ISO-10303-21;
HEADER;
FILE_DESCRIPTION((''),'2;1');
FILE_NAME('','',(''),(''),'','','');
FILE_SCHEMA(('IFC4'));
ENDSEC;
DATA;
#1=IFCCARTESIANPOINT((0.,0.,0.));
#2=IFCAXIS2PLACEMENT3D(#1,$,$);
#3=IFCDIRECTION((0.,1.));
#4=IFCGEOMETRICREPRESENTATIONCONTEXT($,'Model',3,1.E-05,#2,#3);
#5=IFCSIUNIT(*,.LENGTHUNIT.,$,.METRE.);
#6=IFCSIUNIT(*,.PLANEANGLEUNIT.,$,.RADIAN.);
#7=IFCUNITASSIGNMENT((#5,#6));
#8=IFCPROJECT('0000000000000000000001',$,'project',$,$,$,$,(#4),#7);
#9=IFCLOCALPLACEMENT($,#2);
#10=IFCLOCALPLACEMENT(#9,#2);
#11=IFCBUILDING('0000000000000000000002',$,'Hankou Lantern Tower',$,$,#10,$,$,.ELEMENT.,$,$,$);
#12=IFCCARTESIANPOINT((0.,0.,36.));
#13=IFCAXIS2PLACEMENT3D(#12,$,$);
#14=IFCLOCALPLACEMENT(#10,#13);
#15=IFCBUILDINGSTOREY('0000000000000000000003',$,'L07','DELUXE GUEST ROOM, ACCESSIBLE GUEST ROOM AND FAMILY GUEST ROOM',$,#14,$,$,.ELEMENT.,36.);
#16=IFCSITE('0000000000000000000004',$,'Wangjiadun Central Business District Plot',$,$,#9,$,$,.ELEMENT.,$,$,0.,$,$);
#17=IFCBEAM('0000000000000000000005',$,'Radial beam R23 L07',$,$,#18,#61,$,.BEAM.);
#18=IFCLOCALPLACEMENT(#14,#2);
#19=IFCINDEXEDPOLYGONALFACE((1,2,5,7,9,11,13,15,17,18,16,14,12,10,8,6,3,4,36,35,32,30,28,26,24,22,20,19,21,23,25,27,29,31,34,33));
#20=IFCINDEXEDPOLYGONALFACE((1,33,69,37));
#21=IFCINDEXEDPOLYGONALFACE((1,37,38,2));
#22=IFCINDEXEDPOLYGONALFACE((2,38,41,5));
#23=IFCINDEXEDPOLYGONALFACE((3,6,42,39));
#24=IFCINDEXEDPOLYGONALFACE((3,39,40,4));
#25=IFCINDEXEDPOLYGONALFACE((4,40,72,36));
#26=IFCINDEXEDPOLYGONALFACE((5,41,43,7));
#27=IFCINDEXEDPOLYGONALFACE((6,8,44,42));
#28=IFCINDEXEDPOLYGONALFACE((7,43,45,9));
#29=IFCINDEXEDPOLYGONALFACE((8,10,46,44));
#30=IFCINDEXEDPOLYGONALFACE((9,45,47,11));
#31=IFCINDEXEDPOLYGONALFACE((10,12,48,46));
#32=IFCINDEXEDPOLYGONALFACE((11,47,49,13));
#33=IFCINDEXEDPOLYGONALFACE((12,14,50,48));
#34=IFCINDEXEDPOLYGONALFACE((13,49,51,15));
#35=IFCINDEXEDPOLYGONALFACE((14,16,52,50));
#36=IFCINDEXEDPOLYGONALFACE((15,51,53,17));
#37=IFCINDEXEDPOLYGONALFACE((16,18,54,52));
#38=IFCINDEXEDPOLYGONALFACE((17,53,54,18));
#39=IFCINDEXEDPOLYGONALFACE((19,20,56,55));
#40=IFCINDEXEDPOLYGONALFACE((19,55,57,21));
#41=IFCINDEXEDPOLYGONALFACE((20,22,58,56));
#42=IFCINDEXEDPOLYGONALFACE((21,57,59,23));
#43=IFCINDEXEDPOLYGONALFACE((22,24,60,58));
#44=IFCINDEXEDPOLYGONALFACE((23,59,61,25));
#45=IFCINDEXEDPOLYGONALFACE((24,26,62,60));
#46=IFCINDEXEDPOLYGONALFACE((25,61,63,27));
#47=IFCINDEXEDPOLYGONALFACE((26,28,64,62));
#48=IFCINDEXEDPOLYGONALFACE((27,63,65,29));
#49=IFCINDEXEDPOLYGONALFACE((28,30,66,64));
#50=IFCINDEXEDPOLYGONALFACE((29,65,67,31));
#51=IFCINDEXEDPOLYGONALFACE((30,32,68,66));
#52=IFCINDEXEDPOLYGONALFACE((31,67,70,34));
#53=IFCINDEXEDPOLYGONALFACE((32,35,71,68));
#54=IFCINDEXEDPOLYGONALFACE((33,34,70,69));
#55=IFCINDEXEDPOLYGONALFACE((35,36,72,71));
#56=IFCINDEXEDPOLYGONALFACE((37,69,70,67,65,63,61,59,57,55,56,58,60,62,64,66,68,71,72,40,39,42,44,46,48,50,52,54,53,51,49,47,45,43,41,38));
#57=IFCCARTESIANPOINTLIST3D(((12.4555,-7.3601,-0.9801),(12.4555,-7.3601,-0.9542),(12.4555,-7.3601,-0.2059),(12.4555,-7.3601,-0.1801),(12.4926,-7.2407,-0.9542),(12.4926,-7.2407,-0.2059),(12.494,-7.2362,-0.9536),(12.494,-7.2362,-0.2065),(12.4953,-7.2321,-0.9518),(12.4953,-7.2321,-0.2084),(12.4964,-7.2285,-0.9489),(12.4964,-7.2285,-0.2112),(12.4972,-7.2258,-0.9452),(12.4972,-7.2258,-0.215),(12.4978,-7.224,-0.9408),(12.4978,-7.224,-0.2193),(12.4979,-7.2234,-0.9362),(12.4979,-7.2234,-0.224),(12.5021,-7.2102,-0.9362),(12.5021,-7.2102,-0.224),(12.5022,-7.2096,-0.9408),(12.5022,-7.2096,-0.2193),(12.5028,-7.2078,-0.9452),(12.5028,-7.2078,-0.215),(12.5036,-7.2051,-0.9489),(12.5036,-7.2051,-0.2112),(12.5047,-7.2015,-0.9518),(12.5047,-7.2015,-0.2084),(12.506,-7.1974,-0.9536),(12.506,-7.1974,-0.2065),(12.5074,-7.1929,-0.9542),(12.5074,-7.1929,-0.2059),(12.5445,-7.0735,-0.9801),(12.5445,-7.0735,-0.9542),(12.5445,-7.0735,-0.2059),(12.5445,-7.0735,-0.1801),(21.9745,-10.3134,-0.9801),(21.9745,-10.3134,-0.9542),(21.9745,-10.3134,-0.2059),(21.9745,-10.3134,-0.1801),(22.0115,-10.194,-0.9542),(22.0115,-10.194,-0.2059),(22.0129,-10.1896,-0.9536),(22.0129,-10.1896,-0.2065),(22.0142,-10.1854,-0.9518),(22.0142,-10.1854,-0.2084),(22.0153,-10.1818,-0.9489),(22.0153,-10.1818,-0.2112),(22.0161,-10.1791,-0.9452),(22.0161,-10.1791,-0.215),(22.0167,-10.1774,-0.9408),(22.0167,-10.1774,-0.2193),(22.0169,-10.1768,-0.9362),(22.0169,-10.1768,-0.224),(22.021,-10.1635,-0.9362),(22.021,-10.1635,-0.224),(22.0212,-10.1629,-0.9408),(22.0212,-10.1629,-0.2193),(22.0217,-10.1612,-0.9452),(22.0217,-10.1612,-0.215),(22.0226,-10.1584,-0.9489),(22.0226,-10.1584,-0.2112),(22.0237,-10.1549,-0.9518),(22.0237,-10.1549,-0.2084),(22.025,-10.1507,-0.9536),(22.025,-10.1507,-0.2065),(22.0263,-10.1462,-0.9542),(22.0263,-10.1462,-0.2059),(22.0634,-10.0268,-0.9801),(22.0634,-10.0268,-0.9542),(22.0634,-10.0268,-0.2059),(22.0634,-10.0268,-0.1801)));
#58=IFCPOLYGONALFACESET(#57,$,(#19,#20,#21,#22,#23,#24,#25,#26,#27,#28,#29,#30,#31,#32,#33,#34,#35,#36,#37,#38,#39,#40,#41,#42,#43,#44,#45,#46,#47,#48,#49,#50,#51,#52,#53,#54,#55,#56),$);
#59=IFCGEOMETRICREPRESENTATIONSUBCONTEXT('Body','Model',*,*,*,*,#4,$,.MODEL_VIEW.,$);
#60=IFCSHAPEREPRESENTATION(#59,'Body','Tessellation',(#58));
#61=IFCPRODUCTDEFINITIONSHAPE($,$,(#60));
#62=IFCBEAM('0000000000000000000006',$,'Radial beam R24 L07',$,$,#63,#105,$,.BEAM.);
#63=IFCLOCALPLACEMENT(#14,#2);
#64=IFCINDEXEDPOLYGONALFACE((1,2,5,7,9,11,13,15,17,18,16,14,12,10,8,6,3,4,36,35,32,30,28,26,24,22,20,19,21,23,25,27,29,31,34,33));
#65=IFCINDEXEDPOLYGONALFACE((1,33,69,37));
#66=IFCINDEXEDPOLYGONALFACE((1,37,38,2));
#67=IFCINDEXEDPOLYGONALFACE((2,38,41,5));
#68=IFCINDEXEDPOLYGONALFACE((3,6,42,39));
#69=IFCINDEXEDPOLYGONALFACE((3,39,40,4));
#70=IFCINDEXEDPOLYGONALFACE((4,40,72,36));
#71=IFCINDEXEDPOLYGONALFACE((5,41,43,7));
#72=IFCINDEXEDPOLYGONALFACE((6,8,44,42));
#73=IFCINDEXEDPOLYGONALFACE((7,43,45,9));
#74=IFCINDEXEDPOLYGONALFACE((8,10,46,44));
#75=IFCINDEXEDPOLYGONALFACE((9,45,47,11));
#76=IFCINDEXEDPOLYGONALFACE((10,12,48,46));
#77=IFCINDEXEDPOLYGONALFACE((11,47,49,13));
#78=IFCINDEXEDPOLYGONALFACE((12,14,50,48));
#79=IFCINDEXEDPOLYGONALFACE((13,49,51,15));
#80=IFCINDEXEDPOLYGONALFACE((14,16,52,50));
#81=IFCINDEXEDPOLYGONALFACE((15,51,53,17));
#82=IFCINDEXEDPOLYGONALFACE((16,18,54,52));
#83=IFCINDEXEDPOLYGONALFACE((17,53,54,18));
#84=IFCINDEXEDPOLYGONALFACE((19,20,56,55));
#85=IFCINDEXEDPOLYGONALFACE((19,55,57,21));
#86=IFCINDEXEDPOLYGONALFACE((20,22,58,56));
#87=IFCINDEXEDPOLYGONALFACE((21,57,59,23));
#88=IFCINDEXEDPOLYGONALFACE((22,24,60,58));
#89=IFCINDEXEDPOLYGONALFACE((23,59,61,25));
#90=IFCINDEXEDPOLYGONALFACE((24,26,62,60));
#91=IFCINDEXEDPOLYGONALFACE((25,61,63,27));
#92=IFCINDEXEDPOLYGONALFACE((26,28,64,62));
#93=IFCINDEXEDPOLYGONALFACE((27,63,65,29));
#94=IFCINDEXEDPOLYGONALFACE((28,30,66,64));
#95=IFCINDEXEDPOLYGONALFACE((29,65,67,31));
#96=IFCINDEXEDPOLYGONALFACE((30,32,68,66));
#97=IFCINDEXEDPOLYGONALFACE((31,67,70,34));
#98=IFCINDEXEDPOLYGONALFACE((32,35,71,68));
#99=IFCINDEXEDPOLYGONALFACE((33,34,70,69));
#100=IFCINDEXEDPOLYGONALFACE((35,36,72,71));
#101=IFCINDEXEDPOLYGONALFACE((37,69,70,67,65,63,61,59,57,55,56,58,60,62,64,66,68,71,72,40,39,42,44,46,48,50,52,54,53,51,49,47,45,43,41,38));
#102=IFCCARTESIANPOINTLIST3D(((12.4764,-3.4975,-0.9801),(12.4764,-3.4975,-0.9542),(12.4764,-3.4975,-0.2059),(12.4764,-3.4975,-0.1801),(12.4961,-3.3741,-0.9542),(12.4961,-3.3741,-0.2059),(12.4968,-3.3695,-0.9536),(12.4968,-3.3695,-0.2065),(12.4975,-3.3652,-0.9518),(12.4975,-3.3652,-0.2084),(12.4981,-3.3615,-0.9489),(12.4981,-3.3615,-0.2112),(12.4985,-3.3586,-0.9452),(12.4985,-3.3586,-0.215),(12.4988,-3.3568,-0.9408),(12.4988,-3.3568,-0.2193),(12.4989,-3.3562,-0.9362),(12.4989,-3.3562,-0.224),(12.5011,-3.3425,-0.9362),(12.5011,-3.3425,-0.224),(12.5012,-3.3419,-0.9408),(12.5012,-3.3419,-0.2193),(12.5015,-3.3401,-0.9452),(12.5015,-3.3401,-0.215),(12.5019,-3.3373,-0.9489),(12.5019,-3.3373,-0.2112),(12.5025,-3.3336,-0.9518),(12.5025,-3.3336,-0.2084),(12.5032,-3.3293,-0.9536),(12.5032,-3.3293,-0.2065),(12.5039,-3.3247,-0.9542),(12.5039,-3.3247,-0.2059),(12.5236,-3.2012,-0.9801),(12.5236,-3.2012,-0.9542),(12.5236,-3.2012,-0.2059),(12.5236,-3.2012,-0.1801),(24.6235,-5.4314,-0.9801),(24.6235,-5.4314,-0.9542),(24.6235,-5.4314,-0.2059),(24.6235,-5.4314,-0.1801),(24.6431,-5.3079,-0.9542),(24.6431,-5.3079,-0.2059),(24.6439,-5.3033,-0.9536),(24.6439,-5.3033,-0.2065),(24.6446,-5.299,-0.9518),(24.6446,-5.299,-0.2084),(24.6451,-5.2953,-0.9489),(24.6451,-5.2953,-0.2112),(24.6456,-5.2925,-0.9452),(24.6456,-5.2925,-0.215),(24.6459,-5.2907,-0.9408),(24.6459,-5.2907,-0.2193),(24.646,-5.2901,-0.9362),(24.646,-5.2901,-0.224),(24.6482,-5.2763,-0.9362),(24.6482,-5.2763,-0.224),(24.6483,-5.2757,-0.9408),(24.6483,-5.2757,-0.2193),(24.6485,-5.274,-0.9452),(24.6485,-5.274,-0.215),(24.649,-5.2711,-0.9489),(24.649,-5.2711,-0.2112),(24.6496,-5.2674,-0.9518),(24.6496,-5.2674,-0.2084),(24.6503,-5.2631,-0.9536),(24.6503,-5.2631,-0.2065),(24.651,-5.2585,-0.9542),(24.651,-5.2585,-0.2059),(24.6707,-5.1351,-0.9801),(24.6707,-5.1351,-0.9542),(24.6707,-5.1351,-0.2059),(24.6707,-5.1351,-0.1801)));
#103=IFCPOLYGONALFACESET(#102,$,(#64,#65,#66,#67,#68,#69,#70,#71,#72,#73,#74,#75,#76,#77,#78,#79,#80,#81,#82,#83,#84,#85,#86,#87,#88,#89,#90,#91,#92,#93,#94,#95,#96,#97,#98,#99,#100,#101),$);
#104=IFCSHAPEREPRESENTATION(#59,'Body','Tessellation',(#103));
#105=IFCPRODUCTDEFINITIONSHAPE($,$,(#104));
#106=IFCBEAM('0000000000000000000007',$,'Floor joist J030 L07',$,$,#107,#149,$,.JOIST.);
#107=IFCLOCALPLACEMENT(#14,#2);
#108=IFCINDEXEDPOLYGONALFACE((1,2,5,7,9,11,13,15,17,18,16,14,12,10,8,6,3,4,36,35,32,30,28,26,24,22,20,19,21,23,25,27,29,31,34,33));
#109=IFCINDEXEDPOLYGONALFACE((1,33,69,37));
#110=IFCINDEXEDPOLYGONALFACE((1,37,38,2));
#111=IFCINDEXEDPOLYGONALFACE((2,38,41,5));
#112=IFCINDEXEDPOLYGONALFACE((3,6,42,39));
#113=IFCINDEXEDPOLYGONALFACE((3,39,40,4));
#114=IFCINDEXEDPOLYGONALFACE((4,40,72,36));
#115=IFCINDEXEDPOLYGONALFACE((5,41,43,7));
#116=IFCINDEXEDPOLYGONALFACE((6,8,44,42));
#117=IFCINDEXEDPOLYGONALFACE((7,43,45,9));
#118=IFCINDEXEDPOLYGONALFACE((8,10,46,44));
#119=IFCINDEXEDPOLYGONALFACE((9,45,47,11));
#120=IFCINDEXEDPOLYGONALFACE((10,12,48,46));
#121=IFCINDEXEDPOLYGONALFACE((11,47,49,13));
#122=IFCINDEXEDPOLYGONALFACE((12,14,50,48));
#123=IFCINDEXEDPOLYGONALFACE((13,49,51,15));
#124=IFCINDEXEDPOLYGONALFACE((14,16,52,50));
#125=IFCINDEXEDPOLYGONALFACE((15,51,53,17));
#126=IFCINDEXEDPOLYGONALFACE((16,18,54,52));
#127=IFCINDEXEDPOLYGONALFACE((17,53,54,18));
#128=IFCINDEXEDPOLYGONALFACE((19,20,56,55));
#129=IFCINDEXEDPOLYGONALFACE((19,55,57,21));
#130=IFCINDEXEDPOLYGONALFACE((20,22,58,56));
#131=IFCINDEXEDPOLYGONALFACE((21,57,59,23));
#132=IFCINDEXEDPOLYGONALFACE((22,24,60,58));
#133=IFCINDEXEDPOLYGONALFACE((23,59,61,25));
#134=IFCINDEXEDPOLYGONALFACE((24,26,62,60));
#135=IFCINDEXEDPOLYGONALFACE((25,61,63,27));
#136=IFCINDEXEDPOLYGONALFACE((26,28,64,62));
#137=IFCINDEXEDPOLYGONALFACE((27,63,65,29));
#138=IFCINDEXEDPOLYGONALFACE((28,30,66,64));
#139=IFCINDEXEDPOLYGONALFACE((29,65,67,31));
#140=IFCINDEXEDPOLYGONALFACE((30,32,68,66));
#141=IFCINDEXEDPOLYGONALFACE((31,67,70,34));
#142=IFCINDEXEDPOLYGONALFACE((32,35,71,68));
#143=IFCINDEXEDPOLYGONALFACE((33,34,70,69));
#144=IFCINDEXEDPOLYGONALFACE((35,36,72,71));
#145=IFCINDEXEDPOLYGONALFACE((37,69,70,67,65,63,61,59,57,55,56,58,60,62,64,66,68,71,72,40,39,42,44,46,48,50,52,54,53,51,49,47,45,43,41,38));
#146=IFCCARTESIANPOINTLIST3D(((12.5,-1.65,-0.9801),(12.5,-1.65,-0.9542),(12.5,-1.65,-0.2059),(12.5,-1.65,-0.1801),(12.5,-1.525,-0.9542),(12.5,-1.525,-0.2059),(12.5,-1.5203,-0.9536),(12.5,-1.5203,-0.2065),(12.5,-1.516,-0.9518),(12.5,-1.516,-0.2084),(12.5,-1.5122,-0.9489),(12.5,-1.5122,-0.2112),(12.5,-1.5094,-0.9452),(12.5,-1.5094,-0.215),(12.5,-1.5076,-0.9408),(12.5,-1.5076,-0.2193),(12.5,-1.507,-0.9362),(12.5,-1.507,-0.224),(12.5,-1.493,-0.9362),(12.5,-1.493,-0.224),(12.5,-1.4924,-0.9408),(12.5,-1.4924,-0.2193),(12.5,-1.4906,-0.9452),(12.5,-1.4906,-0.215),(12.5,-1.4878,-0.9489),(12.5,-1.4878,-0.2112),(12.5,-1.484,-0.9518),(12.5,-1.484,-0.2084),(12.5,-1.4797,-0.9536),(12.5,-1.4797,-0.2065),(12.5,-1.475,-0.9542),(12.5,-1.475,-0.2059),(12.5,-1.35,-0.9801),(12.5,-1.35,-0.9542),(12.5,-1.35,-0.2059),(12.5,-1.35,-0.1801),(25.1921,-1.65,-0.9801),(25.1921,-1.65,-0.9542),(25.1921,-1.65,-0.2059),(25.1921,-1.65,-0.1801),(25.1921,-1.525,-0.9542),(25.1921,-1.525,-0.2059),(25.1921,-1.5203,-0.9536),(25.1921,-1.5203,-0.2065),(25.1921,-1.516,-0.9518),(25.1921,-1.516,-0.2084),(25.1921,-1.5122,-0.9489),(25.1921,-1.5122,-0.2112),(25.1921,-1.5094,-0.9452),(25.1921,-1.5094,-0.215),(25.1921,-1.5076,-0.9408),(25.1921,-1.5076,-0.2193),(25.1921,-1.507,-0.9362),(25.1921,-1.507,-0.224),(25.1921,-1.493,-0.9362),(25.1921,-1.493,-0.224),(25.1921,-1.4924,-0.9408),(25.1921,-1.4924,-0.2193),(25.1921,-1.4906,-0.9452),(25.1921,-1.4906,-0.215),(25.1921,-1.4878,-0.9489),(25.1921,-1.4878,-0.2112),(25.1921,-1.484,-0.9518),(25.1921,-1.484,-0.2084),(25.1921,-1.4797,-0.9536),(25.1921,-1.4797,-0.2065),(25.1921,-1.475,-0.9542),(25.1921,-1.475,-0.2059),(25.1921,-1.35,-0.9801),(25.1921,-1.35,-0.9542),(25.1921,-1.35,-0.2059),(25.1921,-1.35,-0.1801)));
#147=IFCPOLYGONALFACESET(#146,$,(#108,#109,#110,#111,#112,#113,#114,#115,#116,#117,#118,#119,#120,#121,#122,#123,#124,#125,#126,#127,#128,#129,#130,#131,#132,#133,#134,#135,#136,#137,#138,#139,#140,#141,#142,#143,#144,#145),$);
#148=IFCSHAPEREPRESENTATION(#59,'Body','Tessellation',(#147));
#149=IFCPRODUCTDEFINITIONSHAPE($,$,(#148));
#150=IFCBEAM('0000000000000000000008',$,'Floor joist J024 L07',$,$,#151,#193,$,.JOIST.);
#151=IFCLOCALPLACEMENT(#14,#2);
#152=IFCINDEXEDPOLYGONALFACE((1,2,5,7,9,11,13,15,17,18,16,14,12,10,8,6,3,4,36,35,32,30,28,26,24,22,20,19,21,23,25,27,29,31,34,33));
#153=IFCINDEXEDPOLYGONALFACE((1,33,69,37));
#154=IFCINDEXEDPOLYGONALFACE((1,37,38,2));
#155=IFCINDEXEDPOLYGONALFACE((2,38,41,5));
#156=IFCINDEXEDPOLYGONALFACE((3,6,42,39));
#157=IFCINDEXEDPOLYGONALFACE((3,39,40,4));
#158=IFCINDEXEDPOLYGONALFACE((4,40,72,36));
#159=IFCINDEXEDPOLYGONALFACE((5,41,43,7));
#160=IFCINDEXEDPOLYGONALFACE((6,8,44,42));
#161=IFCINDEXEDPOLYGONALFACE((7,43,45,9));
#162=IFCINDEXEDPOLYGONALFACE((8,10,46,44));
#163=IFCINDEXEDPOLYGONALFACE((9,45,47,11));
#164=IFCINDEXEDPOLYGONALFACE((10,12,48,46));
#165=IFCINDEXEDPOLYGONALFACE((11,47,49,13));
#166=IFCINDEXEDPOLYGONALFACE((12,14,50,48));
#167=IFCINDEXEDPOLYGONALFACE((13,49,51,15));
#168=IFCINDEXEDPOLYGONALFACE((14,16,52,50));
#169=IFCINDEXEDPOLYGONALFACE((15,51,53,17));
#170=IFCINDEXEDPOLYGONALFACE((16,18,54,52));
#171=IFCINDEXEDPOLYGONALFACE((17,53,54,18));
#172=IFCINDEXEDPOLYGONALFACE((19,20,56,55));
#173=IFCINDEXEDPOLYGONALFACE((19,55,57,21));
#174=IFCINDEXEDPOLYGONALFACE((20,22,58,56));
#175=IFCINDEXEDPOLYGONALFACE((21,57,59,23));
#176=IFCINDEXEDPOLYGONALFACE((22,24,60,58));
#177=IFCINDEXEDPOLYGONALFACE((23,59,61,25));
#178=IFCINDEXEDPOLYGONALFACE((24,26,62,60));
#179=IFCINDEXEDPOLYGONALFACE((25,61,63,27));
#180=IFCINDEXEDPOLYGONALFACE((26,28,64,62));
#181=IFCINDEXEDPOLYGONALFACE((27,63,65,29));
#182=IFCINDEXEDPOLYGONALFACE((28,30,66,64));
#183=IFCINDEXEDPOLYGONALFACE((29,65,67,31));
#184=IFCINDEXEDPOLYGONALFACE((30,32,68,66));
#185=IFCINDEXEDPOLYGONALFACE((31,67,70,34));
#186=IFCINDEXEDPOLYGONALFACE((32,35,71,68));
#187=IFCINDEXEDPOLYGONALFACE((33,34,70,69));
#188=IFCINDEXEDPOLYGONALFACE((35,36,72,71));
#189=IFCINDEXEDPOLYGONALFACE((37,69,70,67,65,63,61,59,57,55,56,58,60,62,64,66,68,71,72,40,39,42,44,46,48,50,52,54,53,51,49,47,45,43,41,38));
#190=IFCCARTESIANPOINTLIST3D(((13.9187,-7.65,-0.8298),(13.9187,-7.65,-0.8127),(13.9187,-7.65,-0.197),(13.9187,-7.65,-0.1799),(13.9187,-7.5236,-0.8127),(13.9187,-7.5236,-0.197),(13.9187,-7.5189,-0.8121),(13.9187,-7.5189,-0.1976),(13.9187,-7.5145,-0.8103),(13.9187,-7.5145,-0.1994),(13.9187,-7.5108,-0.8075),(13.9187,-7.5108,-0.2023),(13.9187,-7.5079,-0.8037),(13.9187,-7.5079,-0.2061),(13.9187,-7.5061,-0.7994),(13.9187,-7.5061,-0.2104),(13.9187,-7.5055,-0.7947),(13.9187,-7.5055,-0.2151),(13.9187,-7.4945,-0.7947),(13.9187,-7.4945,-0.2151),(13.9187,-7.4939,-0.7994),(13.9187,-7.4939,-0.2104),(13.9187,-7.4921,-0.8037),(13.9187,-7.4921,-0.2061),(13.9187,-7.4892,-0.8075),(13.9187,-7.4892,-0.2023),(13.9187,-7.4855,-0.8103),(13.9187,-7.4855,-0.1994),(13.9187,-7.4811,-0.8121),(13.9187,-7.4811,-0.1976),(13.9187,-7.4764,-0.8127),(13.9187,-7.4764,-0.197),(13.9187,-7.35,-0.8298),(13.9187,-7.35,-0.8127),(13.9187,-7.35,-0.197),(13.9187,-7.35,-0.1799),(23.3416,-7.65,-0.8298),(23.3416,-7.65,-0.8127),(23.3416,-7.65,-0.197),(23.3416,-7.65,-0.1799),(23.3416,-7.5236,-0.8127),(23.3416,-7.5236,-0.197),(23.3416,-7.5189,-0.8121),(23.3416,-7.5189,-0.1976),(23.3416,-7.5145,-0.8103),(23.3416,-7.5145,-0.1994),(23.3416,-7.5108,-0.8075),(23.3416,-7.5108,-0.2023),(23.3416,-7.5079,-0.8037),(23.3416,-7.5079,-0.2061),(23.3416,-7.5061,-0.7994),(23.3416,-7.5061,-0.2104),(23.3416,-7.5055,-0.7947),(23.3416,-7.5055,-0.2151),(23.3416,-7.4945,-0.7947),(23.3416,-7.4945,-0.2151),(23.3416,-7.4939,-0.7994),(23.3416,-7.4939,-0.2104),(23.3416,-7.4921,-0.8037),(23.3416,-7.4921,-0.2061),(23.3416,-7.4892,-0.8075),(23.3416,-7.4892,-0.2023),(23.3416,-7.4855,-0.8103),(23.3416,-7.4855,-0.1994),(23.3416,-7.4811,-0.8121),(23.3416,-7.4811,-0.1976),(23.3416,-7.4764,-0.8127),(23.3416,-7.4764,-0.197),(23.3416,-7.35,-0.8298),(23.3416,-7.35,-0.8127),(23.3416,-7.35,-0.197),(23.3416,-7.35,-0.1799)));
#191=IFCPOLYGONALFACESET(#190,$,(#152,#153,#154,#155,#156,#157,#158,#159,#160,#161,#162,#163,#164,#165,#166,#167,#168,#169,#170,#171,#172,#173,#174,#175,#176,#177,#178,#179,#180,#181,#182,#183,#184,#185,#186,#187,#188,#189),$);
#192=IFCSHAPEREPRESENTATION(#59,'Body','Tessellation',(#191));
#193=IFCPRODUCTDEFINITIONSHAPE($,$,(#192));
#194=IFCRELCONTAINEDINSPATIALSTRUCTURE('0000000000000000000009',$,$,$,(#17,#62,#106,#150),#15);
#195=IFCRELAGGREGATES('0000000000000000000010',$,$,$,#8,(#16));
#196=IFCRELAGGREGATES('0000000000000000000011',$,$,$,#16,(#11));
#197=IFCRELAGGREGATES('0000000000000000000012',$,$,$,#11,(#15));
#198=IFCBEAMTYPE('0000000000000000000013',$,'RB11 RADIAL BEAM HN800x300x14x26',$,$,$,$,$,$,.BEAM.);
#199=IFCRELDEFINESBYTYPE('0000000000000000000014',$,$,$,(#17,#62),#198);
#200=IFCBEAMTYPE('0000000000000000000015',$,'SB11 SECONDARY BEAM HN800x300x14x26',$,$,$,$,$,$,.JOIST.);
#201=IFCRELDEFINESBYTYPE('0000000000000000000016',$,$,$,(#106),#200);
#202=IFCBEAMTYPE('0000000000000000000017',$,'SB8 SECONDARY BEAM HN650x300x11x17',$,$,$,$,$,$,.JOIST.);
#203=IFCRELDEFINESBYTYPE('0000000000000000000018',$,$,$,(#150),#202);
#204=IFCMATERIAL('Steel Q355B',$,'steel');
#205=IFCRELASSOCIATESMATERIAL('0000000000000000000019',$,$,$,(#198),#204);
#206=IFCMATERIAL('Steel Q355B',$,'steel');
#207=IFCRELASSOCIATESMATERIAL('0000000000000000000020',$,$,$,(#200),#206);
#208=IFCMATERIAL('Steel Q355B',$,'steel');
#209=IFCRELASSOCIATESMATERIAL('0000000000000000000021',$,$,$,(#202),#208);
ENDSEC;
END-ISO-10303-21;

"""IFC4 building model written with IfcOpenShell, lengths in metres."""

from ifc_helpers import new_model, si_unit, direction, frame, origin, origin_2d, place, context, subcontext, project, spatial, i_section, extrude, material, material_profile, profile_set, type_object, element, save


model = new_model("IFC4")

# Units and contexts
model_context = context("Model", 3, precision=1e-05, world=origin(), true_north=direction((0.0, 1.0)))
body_context = subcontext(model_context, "Body", "Model", "MODEL_VIEW")
ifc_project = project(units=[si_unit("LENGTHUNIT", "METRE"), si_unit("PLANEANGLEUNIT", "RADIAN")], contexts=[model_context])

# Site, building, storey
site_placement = place(None, origin())
site = spatial("IfcSite", under=ifc_project, at=site_placement, Name="Wangjiadun Central Business District Plot", CompositionType="ELEMENT", RefElevation=0.0)
building_placement = place(site_placement, origin())
building = spatial("IfcBuilding", under=site, at=building_placement, Name="Hankou Lantern Tower", CompositionType="ELEMENT")
storey_placement = place(building_placement, frame((0.0, 0.0, 36.0)))
storey = spatial("IfcBuildingStorey", under=building, at=storey_placement, Name="L07", Description="DELUXE GUEST ROOM, ACCESSIBLE GUEST ROOM AND FAMILY GUEST ROOM", CompositionType="ELEMENT", Elevation=36.0)

# Beams
ifc_material_1 = material(Name="Steel Q355B", Category="steel")
ifc_material_profile_1 = material_profile(ifc_material_1, i_section(OverallWidth=0.3, OverallDepth=0.8, WebThickness=0.0139, FlangeThickness=0.0259, FilletRadius=0.0181, at=origin_2d()), Name="HN800x300x14x26")
ifc_profile_set_1 = profile_set([ifc_material_profile_1], Name="Steel Q355B")
beam_type_1 = type_object("IfcBeamType", Name="RB11 RADIAL BEAM HN800x300x14x26", PredefinedType="BEAM", material=ifc_profile_set_1)
beam_1_placement = place(storey_placement, frame((12.5, -7.2168, -0.5801), z_axis=(0.955087, -0.296324, 0.0), x_axis=(0.296324, 0.955087, 0.0)))
element("IfcBeam", 1, at=beam_1_placement, inside=storey, type_object=beam_type_1, Name="Radial beam R23 L07", PredefinedType="BEAM", context=body_context, shape_type="SweptSolid", body=[
    extrude(i_section(OverallWidth=0.3, OverallDepth=0.8, WebThickness=0.0139, FlangeThickness=0.0259, FilletRadius=0.0181, at=origin_2d()), origin(), (0.0, 0.0, 1.0), 9.9666),
])
beam_2_placement = place(storey_placement, frame((12.5, -3.3494, -0.5801), z_axis=(0.987563, -0.157223, 0.0), x_axis=(0.157223, 0.987563, 0.0)))
element("IfcBeam", 2, at=beam_2_placement, inside=storey, type_object=beam_type_1, Name="Radial beam R24 L07", PredefinedType="BEAM", context=body_context, shape_type="SweptSolid", body=[
    extrude(i_section(OverallWidth=0.3, OverallDepth=0.8, WebThickness=0.0139, FlangeThickness=0.0259, FilletRadius=0.0181, at=origin_2d()), origin(), (0.0, 0.0, 1.0), 12.3),
])
ifc_material_2 = material(Name="Steel Q355B", Category="steel")
ifc_material_profile_2 = material_profile(ifc_material_2, i_section(OverallWidth=0.3, OverallDepth=0.8, WebThickness=0.0139, FlangeThickness=0.0259, FilletRadius=0.0181, at=origin_2d()), Name="HN800x300x14x26")
ifc_profile_set_2 = profile_set([ifc_material_profile_2], Name="Steel Q355B")
beam_type_2 = type_object("IfcBeamType", Name="SB11 SECONDARY BEAM HN800x300x14x26", PredefinedType="JOIST", material=ifc_profile_set_2)
beam_3_placement = place(storey_placement, frame((12.5, -1.5, -0.5801), z_axis=(1.0, 0.0, 0.0), x_axis=(0.0, 1.0, 0.0)))
element("IfcBeam", 3, at=beam_3_placement, inside=storey, type_object=beam_type_2, Name="Floor joist J030 L07", PredefinedType="JOIST", context=body_context, shape_type="SweptSolid", body=[
    extrude(i_section(OverallWidth=0.3, OverallDepth=0.8, WebThickness=0.0139, FlangeThickness=0.0259, FilletRadius=0.0181, at=origin_2d()), origin(), (0.0, 0.0, 1.0), 12.6921),
])
ifc_material_3 = material(Name="Steel Q355B", Category="steel")
ifc_material_profile_3 = material_profile(ifc_material_3, i_section(OverallWidth=0.3, OverallDepth=0.6499, WebThickness=0.011, FlangeThickness=0.0171, FilletRadius=0.0181, at=origin_2d()), Name="HN650x300x11x17")
ifc_profile_set_3 = profile_set([ifc_material_profile_3], Name="Steel Q355B")
beam_type_3 = type_object("IfcBeamType", Name="SB8 SECONDARY BEAM HN650x300x11x17", PredefinedType="JOIST", material=ifc_profile_set_3)
beam_4_placement = place(storey_placement, frame((13.9187, -7.5, -0.5049), z_axis=(1.0, 0.0, 0.0), x_axis=(0.0, 1.0, 0.0)))
element("IfcBeam", 4, at=beam_4_placement, inside=storey, type_object=beam_type_3, Name="Floor joist J024 L07", PredefinedType="JOIST", context=body_context, shape_type="SweptSolid", body=[
    extrude(i_section(OverallWidth=0.3, OverallDepth=0.6499, WebThickness=0.011, FlangeThickness=0.0171, FilletRadius=0.0181, at=origin_2d()), origin(), (0.0, 0.0, 1.0), 9.4229),
])

save(model, "model.ifc")
